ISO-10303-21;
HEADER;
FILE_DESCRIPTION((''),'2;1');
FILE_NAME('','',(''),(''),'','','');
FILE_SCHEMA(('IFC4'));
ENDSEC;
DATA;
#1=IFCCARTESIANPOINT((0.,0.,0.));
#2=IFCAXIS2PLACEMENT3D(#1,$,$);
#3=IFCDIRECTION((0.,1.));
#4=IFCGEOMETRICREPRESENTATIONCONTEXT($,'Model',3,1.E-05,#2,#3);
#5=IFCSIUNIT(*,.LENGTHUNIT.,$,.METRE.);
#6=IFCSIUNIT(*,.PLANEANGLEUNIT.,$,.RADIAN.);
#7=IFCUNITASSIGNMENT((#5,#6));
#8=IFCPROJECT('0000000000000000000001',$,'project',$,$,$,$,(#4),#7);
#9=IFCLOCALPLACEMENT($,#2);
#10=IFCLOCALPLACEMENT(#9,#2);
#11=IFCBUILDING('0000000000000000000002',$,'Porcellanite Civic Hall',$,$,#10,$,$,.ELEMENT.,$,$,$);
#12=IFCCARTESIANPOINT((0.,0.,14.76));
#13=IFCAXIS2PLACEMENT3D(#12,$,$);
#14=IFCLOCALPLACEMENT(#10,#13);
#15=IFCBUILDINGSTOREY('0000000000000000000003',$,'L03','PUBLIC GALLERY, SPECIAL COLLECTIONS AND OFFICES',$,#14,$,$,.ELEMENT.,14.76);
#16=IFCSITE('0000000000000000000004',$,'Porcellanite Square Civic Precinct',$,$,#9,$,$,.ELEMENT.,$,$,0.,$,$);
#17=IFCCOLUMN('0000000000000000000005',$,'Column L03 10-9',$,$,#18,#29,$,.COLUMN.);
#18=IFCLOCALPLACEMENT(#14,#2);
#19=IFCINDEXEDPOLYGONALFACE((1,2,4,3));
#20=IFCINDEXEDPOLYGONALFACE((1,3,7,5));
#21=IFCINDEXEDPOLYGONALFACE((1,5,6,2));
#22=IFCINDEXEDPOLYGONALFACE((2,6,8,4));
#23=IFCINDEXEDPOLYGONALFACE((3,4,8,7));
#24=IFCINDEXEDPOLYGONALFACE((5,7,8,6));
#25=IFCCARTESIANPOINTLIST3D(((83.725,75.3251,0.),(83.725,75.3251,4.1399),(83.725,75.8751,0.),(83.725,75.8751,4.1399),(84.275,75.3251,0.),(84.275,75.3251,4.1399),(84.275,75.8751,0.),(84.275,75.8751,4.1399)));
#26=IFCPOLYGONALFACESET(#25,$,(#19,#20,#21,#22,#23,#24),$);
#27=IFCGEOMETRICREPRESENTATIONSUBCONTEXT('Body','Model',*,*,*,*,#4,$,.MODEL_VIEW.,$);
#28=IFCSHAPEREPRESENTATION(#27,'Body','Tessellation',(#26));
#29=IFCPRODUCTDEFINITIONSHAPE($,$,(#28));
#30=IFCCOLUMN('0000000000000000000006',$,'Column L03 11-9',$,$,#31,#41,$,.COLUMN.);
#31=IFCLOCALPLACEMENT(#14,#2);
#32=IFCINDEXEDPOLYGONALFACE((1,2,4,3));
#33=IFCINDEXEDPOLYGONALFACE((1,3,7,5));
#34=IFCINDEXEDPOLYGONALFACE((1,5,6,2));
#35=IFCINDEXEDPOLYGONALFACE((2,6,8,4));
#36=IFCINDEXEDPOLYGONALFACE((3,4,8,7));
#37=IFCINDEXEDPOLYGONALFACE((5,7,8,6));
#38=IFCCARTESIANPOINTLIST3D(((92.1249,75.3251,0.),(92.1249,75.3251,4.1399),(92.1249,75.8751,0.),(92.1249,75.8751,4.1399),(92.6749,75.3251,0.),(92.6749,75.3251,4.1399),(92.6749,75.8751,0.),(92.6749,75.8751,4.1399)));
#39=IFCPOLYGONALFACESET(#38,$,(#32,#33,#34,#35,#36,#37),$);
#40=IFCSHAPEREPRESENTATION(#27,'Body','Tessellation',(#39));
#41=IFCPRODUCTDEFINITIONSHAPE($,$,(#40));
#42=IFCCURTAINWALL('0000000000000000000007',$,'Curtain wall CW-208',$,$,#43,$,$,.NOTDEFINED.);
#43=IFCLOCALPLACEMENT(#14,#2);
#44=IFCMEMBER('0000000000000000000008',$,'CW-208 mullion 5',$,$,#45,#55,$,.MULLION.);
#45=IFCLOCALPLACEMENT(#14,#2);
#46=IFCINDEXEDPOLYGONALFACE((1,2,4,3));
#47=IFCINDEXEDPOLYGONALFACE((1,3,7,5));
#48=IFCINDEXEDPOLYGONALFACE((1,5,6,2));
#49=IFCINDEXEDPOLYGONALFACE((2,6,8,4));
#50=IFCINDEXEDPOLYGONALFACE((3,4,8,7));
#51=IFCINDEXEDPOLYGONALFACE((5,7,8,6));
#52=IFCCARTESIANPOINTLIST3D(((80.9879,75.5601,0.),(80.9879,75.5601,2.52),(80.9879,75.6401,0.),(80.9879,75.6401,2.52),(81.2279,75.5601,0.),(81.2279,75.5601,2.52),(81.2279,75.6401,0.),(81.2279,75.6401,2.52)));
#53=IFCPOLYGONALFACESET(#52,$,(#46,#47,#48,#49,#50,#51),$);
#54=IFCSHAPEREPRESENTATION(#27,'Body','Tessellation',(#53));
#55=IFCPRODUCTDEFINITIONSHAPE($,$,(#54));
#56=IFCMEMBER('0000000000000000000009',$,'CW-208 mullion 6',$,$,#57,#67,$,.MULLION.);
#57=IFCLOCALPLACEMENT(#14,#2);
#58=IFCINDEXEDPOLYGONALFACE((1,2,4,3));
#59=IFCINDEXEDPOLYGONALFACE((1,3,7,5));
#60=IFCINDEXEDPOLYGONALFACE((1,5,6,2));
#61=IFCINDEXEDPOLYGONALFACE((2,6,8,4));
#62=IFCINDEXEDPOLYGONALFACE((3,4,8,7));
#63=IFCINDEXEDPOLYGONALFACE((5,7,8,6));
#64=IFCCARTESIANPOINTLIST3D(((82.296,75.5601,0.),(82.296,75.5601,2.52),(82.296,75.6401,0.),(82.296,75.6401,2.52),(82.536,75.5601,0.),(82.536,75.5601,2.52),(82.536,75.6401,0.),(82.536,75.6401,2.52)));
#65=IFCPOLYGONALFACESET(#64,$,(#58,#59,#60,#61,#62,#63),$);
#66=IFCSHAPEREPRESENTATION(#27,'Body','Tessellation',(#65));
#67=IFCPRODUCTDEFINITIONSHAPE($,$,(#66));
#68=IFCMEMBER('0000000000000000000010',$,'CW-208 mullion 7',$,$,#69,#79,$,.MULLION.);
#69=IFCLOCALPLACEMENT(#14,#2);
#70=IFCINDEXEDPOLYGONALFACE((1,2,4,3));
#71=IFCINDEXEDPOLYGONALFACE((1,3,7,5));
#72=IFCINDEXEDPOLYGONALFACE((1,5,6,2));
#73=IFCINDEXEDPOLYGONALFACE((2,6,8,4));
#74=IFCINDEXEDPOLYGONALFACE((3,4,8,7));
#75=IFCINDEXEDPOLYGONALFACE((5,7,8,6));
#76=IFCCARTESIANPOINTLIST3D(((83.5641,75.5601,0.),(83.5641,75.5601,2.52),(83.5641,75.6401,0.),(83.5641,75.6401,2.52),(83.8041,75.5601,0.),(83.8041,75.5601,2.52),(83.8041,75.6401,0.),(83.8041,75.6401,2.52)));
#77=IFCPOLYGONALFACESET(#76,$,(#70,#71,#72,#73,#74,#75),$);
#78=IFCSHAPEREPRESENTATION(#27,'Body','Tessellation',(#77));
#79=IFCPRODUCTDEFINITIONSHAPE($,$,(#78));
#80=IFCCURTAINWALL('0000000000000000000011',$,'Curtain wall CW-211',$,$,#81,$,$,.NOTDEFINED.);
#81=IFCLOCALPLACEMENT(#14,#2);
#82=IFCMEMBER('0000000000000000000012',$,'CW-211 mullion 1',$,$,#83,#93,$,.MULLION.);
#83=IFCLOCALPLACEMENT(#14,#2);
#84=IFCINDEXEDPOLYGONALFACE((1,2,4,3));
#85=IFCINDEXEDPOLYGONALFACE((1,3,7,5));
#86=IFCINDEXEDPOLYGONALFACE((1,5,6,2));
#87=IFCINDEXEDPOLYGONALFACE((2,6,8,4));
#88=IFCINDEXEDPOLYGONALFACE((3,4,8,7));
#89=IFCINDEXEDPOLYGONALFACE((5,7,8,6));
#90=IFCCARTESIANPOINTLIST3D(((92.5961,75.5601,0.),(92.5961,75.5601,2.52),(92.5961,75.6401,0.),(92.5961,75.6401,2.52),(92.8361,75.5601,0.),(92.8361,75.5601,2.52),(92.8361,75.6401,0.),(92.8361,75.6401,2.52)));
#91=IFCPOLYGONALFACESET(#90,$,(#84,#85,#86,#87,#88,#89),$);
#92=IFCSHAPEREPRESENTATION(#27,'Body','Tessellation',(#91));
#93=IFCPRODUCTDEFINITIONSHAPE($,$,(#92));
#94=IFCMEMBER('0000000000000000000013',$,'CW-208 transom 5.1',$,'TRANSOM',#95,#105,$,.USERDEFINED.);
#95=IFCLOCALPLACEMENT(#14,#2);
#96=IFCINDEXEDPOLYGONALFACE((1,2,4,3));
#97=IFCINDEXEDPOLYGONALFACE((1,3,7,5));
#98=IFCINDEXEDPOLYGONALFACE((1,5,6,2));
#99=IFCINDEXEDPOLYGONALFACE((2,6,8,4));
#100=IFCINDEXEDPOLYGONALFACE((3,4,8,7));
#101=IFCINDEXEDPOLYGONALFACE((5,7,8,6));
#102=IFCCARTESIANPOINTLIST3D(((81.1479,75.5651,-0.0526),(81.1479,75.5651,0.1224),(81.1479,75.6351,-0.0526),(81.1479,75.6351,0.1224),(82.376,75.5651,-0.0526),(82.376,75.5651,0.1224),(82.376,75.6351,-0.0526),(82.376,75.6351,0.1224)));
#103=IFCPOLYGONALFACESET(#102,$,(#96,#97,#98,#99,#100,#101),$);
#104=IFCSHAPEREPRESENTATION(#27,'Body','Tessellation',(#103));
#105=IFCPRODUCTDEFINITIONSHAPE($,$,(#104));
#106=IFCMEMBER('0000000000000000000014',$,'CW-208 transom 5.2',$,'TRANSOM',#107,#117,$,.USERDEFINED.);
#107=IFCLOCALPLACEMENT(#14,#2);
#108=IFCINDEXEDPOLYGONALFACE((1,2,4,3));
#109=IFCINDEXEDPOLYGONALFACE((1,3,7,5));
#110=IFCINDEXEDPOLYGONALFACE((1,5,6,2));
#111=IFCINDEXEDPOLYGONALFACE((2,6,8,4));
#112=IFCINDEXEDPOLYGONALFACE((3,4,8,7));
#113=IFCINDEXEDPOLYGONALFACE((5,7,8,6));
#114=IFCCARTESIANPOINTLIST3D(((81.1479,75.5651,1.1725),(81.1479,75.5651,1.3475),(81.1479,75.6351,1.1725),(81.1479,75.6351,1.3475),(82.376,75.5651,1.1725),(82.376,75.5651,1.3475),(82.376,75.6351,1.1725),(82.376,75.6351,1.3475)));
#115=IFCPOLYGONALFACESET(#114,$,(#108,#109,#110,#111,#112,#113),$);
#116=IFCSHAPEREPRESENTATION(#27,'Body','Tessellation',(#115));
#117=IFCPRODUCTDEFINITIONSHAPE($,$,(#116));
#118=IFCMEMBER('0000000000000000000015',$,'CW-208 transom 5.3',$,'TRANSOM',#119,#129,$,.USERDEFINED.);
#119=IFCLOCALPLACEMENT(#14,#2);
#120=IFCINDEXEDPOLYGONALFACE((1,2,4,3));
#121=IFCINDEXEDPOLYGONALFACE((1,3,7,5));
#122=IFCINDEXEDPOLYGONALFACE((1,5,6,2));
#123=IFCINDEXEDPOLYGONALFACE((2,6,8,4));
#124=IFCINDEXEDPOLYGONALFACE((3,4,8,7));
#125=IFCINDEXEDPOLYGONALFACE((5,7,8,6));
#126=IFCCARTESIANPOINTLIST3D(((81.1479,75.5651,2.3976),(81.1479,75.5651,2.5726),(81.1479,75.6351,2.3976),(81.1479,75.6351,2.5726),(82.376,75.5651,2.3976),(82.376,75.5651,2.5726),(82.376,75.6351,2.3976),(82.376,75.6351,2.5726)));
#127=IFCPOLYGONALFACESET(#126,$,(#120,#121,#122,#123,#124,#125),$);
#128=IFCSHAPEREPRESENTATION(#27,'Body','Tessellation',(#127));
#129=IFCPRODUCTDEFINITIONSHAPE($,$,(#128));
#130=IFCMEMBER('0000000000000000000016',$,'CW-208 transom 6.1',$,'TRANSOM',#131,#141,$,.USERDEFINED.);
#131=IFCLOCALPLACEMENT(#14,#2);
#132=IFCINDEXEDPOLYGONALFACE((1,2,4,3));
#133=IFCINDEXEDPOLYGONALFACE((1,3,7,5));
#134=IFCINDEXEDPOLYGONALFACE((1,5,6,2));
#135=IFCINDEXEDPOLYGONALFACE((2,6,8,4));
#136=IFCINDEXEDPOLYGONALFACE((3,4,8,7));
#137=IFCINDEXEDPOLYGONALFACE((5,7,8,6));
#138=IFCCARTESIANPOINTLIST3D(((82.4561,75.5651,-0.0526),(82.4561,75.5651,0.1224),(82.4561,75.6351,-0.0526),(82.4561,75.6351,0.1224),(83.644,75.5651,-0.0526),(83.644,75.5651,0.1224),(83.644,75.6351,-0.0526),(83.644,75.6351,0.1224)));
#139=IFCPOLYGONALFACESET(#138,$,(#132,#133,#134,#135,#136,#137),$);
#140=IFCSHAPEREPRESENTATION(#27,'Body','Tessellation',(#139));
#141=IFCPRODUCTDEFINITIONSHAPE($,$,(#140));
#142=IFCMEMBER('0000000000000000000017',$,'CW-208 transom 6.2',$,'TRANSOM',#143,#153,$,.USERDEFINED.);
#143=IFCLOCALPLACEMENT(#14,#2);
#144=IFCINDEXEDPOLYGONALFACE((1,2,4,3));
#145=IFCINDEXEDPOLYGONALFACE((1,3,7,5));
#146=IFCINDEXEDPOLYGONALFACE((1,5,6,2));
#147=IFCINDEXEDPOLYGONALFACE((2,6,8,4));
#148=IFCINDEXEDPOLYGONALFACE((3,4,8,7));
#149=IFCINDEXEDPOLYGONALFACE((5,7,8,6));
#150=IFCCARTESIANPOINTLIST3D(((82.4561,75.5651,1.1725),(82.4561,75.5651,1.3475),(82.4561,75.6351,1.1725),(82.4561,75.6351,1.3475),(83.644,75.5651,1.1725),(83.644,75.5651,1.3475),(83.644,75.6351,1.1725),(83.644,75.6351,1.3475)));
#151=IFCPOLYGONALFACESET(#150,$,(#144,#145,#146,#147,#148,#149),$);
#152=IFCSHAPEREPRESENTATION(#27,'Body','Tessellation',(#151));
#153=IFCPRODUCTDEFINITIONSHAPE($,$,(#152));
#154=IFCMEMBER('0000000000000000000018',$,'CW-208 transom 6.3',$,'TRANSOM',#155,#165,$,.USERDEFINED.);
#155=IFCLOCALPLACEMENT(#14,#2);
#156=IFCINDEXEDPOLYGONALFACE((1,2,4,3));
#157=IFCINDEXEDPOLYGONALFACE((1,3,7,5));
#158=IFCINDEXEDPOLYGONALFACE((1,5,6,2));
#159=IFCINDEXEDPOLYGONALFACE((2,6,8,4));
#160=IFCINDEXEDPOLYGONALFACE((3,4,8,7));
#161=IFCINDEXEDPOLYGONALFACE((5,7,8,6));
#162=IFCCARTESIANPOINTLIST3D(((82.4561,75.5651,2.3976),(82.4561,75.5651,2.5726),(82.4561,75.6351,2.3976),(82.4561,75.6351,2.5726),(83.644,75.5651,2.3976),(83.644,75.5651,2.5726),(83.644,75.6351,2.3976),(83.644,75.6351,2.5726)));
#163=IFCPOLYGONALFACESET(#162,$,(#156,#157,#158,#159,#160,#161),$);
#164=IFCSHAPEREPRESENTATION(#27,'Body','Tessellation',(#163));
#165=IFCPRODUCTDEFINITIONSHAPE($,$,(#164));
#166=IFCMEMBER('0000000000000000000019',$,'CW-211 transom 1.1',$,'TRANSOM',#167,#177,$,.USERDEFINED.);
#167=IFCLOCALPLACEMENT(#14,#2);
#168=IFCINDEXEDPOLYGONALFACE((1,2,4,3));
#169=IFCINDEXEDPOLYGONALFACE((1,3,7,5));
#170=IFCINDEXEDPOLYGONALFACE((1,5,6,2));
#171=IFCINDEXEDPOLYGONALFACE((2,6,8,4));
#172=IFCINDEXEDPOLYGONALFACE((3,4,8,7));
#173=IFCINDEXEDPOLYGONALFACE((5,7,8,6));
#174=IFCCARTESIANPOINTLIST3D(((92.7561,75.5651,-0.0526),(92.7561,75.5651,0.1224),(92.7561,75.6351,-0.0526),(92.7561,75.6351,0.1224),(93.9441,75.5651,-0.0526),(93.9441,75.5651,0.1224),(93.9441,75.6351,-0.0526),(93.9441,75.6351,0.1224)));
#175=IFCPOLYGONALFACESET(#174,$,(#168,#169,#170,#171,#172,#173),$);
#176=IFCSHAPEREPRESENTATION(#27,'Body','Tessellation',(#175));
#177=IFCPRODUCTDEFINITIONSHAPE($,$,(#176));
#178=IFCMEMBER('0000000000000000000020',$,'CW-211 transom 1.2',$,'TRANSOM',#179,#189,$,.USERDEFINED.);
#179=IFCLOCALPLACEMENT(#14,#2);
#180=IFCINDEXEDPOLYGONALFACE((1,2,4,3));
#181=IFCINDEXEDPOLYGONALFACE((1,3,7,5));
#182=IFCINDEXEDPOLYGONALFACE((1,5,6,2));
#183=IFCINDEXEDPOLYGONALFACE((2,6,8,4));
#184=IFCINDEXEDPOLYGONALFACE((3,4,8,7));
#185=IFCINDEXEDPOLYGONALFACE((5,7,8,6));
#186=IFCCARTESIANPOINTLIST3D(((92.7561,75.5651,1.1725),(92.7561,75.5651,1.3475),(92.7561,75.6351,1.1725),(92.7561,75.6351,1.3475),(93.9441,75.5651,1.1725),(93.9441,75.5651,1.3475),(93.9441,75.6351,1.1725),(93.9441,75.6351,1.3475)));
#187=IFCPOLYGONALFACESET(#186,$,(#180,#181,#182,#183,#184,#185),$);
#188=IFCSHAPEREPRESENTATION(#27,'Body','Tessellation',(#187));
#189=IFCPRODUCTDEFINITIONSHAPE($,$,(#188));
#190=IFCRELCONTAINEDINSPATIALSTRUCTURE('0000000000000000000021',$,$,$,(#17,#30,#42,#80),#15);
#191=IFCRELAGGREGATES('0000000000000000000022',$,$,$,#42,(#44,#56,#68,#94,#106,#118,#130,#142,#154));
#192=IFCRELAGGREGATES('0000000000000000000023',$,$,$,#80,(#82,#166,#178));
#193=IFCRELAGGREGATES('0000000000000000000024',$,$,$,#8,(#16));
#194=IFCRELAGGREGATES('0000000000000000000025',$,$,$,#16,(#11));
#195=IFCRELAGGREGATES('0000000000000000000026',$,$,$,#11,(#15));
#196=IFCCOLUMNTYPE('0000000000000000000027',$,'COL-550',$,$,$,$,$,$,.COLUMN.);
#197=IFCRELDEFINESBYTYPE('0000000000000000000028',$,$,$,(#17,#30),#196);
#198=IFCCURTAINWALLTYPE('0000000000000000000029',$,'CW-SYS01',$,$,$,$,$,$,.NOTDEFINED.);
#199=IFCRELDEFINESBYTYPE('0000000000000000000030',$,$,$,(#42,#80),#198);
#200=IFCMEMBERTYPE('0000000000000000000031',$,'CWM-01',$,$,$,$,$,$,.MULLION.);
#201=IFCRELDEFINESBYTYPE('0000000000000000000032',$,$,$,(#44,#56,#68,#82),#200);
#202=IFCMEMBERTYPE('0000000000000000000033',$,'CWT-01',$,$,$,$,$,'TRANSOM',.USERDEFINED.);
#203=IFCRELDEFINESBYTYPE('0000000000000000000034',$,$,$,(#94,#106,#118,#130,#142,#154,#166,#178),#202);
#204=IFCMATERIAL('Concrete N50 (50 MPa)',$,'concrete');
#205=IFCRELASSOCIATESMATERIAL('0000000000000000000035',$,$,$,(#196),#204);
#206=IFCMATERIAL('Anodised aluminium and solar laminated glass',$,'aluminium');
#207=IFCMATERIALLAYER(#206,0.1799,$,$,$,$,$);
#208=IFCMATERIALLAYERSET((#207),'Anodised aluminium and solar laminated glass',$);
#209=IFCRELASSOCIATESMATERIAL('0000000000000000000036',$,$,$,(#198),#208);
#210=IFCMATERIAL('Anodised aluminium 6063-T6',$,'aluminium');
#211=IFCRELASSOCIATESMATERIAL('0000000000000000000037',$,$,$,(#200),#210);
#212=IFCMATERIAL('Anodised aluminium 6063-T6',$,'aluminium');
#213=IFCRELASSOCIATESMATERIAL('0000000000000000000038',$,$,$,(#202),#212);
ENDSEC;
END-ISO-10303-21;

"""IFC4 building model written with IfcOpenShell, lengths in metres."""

from ifc_helpers import new_model, si_unit, direction, frame, origin, origin_2d, place, context, subcontext, project, spatial, rectangle, extrude, material, layer, layer_set, material_profile, profile_set, type_object, element, aggregate, save


model = new_model("IFC4")

# Units and contexts
model_context = context("Model", 3, precision=1e-05, world=origin(), true_north=direction((0.0, 1.0)))
body_context = subcontext(model_context, "Body", "Model", "MODEL_VIEW")
ifc_project = project(units=[si_unit("LENGTHUNIT", "METRE"), si_unit("PLANEANGLEUNIT", "RADIAN")], contexts=[model_context])

# Site, building, storey
site_placement = place(None, origin())
site = spatial("IfcSite", under=ifc_project, at=site_placement, Name="Porcellanite Square Civic Precinct", CompositionType="ELEMENT", RefElevation=0.0)
building_placement = place(site_placement, origin())
building = spatial("IfcBuilding", under=site, at=building_placement, Name="Porcellanite Civic Hall", CompositionType="ELEMENT")
storey_placement = place(building_placement, frame((0.0, 0.0, 14.76)))
storey = spatial("IfcBuildingStorey", under=building, at=storey_placement, Name="L03", Description="PUBLIC GALLERY, SPECIAL COLLECTIONS AND OFFICES", CompositionType="ELEMENT", Elevation=14.76)

# Columns
ifc_material_1 = material(Name="Concrete N50 (50 MPa)", Category="concrete")
ifc_material_profile_1 = material_profile(ifc_material_1, rectangle(XDim=0.55, YDim=0.55, at=origin_2d()), Name="RC-550x550")
ifc_profile_set_1 = profile_set([ifc_material_profile_1], Name="Concrete N50 (50 MPa)")
column_type = type_object("IfcColumnType", Name="COL-550", PredefinedType="COLUMN", material=ifc_profile_set_1)
for number, where, z_axis, x_axis, name in (
    (1, (84.0, 75.6001, 0.0), (0.0, 0.0, 1.0), (1.0, 0.0, 0.0), "Column L03 10-9"),
    (2, (92.3999, 75.6001, 0.0), (0.0, 0.0, 1.0), (1.0, 0.0, 0.0), "Column L03 11-9"),
):
    element("IfcColumn", number, at=place(storey_placement, frame(where, z_axis=z_axis, x_axis=x_axis)), inside=storey, type_object=column_type, Name=name, PredefinedType="COLUMN", context=body_context, shape_type="SweptSolid", body=[
        extrude(rectangle(XDim=0.55, YDim=0.55, at=origin_2d()), origin(), (0.0, 0.0, 1.0), 4.1399),
    ])

# Curtain wall, members
ifc_material_2 = material(Name="Anodised aluminium and solar laminated glass", Category="aluminium")
ifc_layer_1 = layer(ifc_material_2, 0.1799)
ifc_layer_set_1 = layer_set([ifc_layer_1], Name="Anodised aluminium and solar laminated glass")
curtain_wall_type = type_object("IfcCurtainWallType", Name="CW-SYS01", PredefinedType="NOTDEFINED", material=ifc_layer_set_1)
curtain_wall_1_placement = place(storey_placement, origin())
curtain_wall_1 = element("IfcCurtainWall", 3, at=curtain_wall_1_placement, inside=storey, type_object=curtain_wall_type, Name="Curtain wall CW-208", PredefinedType="NOTDEFINED")
ifc_material_3 = material(Name="Anodised aluminium 6063-T6", Category="aluminium")
ifc_material_profile_2 = material_profile(ifc_material_3, rectangle(XDim=0.0801, YDim=0.24, at=origin_2d()), Name="AL-80x240")
ifc_profile_set_2 = profile_set([ifc_material_profile_2], Name="Anodised aluminium 6063-T6")
member_type_1 = type_object("IfcMemberType", Name="CWM-01", PredefinedType="MULLION", material=ifc_profile_set_2)
member_1_placement = place(storey_placement, frame((81.1079, 75.6001, 0.0), z_axis=(0.0, 0.0, 1.0), x_axis=(0.0, 1.0, 0.0)))
member_1 = element("IfcMember", 4, at=member_1_placement, type_object=member_type_1, Name="CW-208 mullion 5", PredefinedType="MULLION", context=body_context, shape_type="SweptSolid", body=[
    extrude(rectangle(XDim=0.0801, YDim=0.24, at=origin_2d()), origin(), (0.0, 0.0, 1.0), 2.52),
])
member_2_placement = place(storey_placement, frame((82.416, 75.6001, 0.0), z_axis=(0.0, 0.0, 1.0), x_axis=(0.0, 1.0, 0.0)))
member_2 = element("IfcMember", 5, at=member_2_placement, type_object=member_type_1, Name="CW-208 mullion 6", PredefinedType="MULLION", context=body_context, shape_type="SweptSolid", body=[
    extrude(rectangle(XDim=0.0801, YDim=0.24, at=origin_2d()), origin(), (0.0, 0.0, 1.0), 2.52),
])
member_3_placement = place(storey_placement, frame((83.6841, 75.6001, 0.0), z_axis=(0.0, 0.0, 1.0), x_axis=(0.0, 1.0, 0.0)))
member_3 = element("IfcMember", 6, at=member_3_placement, type_object=member_type_1, Name="CW-208 mullion 7", PredefinedType="MULLION", context=body_context, shape_type="SweptSolid", body=[
    extrude(rectangle(XDim=0.0801, YDim=0.24, at=origin_2d()), origin(), (0.0, 0.0, 1.0), 2.52),
])

# Curtain wall, member
curtain_wall_2_placement = place(storey_placement, origin())
curtain_wall_2 = element("IfcCurtainWall", 7, at=curtain_wall_2_placement, inside=storey, type_object=curtain_wall_type, Name="Curtain wall CW-211", PredefinedType="NOTDEFINED")
member_4_placement = place(storey_placement, frame((92.7161, 75.6001, 0.0), z_axis=(0.0, 0.0, 1.0), x_axis=(0.0, 1.0, 0.0)))
member_4 = element("IfcMember", 8, at=member_4_placement, type_object=member_type_1, Name="CW-211 mullion 1", PredefinedType="MULLION", context=body_context, shape_type="SweptSolid", body=[
    extrude(rectangle(XDim=0.0801, YDim=0.24, at=origin_2d()), origin(), (0.0, 0.0, 1.0), 2.52),
])

# Members
ifc_material_4 = material(Name="Anodised aluminium 6063-T6", Category="aluminium")
ifc_material_profile_3 = material_profile(ifc_material_4, rectangle(XDim=0.0701, YDim=0.175, at=origin_2d()), Name="AL-70x175")
ifc_profile_set_3 = profile_set([ifc_material_profile_3], Name="Anodised aluminium 6063-T6")
member_type_2 = type_object("IfcMemberType", Name="CWT-01", ElementType="TRANSOM", PredefinedType="USERDEFINED", material=ifc_profile_set_3)
member_5_placement = place(storey_placement, frame((81.1479, 75.6001, 0.0349), z_axis=(1.0, 0.0, 0.0), x_axis=(0.0, 1.0, 0.0)))
member_5 = element("IfcMember", 9, at=member_5_placement, type_object=member_type_2, Name="CW-208 transom 5.1", ObjectType="TRANSOM", PredefinedType="USERDEFINED", context=body_context, shape_type="SweptSolid", body=[
    extrude(rectangle(XDim=0.0701, YDim=0.175, at=origin_2d()), origin(), (0.0, 0.0, 1.0), 1.228),
])
member_6_placement = place(storey_placement, frame((81.1479, 75.6001, 1.26), z_axis=(1.0, 0.0, 0.0), x_axis=(0.0, 1.0, 0.0)))
member_6 = element("IfcMember", 10, at=member_6_placement, type_object=member_type_2, Name="CW-208 transom 5.2", ObjectType="TRANSOM", PredefinedType="USERDEFINED", context=body_context, shape_type="SweptSolid", body=[
    extrude(rectangle(XDim=0.0701, YDim=0.175, at=origin_2d()), origin(), (0.0, 0.0, 1.0), 1.228),
])
member_7_placement = place(storey_placement, frame((81.1479, 75.6001, 2.4851), z_axis=(1.0, 0.0, 0.0), x_axis=(0.0, 1.0, 0.0)))
member_7 = element("IfcMember", 11, at=member_7_placement, type_object=member_type_2, Name="CW-208 transom 5.3", ObjectType="TRANSOM", PredefinedType="USERDEFINED", context=body_context, shape_type="SweptSolid", body=[
    extrude(rectangle(XDim=0.0701, YDim=0.175, at=origin_2d()), origin(), (0.0, 0.0, 1.0), 1.228),
])
member_8_placement = place(storey_placement, frame((82.4561, 75.6001, 0.0349), z_axis=(1.0, 0.0, 0.0), x_axis=(0.0, 1.0, 0.0)))
member_8 = element("IfcMember", 12, at=member_8_placement, type_object=member_type_2, Name="CW-208 transom 6.1", ObjectType="TRANSOM", PredefinedType="USERDEFINED", context=body_context, shape_type="SweptSolid", body=[
    extrude(rectangle(XDim=0.0701, YDim=0.175, at=origin_2d()), origin(), (0.0, 0.0, 1.0), 1.188),
])
member_9_placement = place(storey_placement, frame((82.4561, 75.6001, 1.26), z_axis=(1.0, 0.0, 0.0), x_axis=(0.0, 1.0, 0.0)))
member_9 = element("IfcMember", 13, at=member_9_placement, type_object=member_type_2, Name="CW-208 transom 6.2", ObjectType="TRANSOM", PredefinedType="USERDEFINED", context=body_context, shape_type="SweptSolid", body=[
    extrude(rectangle(XDim=0.0701, YDim=0.175, at=origin_2d()), origin(), (0.0, 0.0, 1.0), 1.188),
])
member_10_placement = place(storey_placement, frame((82.4561, 75.6001, 2.4851), z_axis=(1.0, 0.0, 0.0), x_axis=(0.0, 1.0, 0.0)))
member_10 = element("IfcMember", 14, at=member_10_placement, type_object=member_type_2, Name="CW-208 transom 6.3", ObjectType="TRANSOM", PredefinedType="USERDEFINED", context=body_context, shape_type="SweptSolid", body=[
    extrude(rectangle(XDim=0.0701, YDim=0.175, at=origin_2d()), origin(), (0.0, 0.0, 1.0), 1.188),
])
member_11_placement = place(storey_placement, frame((92.7561, 75.6001, 0.0349), z_axis=(1.0, 0.0, 0.0), x_axis=(0.0, 1.0, 0.0)))
member_11 = element("IfcMember", 15, at=member_11_placement, type_object=member_type_2, Name="CW-211 transom 1.1", ObjectType="TRANSOM", PredefinedType="USERDEFINED", context=body_context, shape_type="SweptSolid", body=[
    extrude(rectangle(XDim=0.0701, YDim=0.175, at=origin_2d()), origin(), (0.0, 0.0, 1.0), 1.188),
])
member_12_placement = place(storey_placement, frame((92.7561, 75.6001, 1.26), z_axis=(1.0, 0.0, 0.0), x_axis=(0.0, 1.0, 0.0)))
member_12 = element("IfcMember", 16, at=member_12_placement, type_object=member_type_2, Name="CW-211 transom 1.2", ObjectType="TRANSOM", PredefinedType="USERDEFINED", context=body_context, shape_type="SweptSolid", body=[
    extrude(rectangle(XDim=0.0701, YDim=0.175, at=origin_2d()), origin(), (0.0, 0.0, 1.0), 1.188),
])

aggregate(curtain_wall_1, [member_1, member_2, member_3, member_5, member_6, member_7, member_8, member_9, member_10])
aggregate(curtain_wall_2, [member_4, member_11, member_12])

save(model, "model.ifc")
